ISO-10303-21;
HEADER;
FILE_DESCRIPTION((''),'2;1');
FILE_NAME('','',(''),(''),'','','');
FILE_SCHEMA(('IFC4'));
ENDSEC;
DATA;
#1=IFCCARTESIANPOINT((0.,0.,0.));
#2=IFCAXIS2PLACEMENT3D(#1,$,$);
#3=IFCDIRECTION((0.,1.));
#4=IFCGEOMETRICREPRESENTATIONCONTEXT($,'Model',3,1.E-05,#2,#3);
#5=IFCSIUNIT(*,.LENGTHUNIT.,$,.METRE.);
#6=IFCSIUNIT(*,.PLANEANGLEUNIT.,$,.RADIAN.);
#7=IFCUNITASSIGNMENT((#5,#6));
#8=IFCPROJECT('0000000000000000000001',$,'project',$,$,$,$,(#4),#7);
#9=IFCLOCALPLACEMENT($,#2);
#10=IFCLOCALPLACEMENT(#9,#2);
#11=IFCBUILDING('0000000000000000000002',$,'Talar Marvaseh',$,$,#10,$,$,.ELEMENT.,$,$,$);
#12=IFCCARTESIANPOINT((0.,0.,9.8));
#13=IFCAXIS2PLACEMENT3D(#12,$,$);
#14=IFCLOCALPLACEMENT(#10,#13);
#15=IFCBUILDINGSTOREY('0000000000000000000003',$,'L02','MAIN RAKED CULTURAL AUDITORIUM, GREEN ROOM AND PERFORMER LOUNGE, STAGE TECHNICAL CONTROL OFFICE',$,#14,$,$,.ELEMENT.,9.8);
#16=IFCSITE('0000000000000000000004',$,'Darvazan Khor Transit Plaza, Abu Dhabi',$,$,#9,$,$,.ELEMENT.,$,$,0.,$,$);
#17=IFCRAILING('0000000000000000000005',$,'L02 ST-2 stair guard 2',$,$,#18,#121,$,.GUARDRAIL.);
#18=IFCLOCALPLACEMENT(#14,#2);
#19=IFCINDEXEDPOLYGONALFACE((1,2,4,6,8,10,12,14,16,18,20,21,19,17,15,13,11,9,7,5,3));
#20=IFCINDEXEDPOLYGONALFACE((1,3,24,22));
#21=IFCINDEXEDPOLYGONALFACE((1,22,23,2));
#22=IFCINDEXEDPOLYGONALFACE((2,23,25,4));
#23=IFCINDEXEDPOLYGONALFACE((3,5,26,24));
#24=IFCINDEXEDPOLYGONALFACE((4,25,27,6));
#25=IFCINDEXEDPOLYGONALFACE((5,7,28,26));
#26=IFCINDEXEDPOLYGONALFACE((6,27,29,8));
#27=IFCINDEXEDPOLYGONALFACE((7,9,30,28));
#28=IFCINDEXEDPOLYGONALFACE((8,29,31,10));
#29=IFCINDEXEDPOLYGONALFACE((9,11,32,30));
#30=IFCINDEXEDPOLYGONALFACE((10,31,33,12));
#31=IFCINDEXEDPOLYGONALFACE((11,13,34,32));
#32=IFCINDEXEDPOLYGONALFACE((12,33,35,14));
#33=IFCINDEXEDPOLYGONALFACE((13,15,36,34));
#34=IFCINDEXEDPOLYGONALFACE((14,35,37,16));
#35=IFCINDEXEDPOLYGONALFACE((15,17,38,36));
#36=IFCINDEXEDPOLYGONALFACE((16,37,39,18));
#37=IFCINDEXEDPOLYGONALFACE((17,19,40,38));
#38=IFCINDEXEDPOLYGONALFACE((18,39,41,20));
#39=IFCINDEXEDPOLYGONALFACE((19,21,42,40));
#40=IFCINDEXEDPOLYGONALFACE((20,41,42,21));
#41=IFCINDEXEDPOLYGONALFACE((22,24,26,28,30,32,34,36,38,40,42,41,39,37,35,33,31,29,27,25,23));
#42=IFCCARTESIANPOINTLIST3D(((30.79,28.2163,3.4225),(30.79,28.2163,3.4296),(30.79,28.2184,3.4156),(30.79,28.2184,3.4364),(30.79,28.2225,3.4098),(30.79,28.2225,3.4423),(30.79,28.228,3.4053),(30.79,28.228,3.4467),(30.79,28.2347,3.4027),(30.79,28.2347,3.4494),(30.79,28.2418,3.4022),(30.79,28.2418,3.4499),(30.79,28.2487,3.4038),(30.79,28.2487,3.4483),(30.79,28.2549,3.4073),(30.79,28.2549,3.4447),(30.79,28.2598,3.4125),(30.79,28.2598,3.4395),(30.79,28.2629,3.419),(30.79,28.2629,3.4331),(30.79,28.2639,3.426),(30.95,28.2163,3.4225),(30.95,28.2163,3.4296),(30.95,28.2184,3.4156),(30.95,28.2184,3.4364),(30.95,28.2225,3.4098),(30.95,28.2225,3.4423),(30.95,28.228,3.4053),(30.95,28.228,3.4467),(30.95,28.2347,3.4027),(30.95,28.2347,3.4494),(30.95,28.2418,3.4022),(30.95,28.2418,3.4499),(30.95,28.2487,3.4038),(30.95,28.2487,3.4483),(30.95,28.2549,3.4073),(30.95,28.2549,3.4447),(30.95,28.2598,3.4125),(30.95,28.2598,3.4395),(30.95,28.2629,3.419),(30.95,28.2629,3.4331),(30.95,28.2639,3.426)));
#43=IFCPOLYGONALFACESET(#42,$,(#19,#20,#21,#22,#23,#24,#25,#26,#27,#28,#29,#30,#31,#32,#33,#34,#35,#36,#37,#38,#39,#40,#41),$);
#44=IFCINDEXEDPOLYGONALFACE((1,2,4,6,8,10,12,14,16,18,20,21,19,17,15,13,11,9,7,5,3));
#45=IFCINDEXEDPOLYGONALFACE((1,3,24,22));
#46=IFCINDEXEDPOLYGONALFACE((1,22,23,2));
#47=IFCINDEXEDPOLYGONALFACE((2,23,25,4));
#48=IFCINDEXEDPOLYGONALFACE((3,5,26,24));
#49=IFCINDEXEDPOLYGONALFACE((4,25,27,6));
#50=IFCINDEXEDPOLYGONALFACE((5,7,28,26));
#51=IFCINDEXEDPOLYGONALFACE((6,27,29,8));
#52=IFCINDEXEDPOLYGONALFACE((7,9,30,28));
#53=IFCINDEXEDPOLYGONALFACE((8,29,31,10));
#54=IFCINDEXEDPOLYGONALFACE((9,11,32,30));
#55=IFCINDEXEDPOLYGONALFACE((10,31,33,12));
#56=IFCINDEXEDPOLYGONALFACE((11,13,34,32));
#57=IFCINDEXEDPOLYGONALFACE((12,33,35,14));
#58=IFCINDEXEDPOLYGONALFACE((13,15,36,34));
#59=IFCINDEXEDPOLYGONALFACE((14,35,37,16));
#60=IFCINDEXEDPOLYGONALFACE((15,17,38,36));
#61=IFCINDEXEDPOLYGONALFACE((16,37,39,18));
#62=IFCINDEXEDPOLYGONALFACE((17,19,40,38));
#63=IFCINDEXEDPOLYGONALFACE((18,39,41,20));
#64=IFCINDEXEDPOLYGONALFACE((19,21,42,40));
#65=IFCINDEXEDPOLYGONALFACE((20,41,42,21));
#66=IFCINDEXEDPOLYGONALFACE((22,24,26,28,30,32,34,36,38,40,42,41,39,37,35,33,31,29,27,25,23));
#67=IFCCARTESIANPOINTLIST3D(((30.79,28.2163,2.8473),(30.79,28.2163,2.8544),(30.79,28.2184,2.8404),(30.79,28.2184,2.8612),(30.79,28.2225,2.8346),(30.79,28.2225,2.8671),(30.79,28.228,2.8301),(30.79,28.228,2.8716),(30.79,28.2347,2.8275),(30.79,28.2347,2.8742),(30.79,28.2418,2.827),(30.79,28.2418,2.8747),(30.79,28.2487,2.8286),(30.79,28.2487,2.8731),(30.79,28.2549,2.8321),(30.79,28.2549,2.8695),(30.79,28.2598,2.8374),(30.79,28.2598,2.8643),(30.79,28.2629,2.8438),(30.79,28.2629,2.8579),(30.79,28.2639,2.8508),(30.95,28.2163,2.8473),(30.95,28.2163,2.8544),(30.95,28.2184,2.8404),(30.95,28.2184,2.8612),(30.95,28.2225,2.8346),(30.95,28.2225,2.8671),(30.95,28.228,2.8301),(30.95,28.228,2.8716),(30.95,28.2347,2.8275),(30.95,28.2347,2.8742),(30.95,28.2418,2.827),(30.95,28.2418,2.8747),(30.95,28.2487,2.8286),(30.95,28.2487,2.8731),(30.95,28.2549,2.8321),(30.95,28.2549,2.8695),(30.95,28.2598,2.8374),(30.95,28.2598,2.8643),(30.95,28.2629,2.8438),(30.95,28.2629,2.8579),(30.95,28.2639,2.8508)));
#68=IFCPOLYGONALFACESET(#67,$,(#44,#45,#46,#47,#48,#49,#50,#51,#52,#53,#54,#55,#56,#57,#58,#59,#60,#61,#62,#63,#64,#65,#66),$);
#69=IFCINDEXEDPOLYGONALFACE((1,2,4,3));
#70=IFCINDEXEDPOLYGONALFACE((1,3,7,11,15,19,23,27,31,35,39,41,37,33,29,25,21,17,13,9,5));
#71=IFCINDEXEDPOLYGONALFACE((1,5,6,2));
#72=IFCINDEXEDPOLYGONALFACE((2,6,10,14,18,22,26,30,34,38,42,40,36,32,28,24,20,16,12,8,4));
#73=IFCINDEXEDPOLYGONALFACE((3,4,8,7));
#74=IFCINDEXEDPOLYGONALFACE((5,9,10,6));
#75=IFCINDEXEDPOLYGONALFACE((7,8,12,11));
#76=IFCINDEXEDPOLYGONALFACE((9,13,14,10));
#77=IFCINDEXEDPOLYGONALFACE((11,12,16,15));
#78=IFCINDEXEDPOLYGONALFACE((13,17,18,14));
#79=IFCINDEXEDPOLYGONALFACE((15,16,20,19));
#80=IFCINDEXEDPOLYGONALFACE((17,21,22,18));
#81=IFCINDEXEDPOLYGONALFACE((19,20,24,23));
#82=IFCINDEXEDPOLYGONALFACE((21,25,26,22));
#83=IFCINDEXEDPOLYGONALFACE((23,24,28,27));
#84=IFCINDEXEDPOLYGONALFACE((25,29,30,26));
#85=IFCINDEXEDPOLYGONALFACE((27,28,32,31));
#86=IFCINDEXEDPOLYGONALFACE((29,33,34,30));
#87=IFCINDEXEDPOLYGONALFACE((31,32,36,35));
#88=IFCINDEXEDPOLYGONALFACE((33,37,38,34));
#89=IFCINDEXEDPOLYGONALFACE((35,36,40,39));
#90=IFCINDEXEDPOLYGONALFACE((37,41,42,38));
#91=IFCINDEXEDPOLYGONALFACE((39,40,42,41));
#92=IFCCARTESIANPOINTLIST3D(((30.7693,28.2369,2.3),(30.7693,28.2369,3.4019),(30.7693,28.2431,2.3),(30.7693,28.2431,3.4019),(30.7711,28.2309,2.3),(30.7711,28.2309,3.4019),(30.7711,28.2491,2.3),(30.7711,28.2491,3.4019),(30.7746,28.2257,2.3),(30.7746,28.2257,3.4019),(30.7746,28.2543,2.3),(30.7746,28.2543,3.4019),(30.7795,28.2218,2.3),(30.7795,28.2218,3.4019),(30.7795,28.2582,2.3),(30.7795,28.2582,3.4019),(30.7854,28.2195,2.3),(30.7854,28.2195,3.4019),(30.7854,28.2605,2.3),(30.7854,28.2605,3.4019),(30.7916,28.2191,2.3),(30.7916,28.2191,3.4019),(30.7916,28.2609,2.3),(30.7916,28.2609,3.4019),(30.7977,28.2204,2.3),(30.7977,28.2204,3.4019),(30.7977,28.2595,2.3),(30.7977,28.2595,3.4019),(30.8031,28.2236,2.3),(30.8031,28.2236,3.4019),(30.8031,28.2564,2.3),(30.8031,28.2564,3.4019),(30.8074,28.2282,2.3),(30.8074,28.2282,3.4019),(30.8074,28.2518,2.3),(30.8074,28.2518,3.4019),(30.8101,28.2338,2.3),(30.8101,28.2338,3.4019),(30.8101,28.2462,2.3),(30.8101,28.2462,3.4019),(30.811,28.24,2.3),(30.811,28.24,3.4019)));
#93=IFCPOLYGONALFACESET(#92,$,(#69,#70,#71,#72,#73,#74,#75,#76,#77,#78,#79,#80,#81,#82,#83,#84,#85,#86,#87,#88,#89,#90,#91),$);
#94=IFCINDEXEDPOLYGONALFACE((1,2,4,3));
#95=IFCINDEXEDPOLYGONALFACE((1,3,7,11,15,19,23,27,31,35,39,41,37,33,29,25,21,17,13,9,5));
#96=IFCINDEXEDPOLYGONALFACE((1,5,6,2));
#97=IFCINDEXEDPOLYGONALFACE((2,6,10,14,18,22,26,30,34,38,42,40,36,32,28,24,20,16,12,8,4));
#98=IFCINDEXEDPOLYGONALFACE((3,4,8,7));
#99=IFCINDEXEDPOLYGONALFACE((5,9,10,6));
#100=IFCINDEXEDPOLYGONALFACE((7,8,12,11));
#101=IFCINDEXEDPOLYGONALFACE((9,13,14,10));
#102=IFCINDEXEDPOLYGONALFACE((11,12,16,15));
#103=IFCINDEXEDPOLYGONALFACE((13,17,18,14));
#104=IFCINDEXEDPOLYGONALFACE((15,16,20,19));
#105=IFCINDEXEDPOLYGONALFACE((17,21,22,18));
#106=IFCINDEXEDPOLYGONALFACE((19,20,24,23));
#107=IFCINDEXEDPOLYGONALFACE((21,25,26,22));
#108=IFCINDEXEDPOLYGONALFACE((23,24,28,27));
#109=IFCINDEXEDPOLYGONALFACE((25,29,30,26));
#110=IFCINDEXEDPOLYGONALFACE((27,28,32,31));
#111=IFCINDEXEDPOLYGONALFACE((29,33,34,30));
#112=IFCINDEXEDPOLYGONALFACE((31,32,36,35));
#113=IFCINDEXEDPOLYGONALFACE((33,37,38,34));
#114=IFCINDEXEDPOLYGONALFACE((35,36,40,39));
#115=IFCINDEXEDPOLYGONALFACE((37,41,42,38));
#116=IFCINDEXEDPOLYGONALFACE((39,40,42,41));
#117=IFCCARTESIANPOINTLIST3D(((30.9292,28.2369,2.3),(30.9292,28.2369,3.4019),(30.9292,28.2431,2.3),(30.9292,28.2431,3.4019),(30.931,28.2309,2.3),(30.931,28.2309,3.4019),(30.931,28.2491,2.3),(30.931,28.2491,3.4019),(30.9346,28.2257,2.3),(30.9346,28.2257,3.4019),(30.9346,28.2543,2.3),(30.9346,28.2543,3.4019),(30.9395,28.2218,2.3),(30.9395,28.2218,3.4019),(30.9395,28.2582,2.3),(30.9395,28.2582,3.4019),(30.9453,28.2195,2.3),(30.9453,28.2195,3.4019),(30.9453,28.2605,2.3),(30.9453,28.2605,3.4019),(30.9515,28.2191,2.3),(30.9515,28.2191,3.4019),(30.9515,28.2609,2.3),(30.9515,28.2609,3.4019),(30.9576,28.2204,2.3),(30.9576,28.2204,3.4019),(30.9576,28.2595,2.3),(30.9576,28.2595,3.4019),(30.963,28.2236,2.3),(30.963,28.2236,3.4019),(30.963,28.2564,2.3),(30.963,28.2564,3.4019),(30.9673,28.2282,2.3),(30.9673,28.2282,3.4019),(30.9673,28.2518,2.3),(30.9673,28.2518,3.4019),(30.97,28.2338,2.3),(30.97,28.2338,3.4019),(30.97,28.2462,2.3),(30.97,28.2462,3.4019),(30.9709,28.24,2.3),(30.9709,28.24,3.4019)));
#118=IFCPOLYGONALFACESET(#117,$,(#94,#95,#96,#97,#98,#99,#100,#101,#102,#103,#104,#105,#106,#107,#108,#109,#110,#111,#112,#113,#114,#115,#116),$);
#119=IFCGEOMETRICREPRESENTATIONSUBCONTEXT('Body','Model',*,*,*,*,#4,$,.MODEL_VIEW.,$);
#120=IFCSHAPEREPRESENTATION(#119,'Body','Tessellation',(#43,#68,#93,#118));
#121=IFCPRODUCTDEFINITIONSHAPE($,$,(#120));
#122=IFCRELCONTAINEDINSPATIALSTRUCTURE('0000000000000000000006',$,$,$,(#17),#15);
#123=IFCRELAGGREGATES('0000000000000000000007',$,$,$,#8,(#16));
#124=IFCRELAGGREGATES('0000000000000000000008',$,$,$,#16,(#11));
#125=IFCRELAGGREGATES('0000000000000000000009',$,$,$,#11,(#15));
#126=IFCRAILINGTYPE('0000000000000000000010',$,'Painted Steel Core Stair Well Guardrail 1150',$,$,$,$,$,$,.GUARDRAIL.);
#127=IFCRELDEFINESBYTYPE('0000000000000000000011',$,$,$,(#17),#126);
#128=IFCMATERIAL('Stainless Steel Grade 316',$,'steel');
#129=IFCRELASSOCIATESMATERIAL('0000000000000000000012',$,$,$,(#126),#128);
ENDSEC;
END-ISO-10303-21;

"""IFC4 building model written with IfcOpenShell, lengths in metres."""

from ifc_helpers import new_model, si_unit, direction, frame, origin, origin_2d, place, context, subcontext, project, spatial, circle, extrude, material, type_object, element, save


model = new_model("IFC4")

# Units and contexts
model_context = context("Model", 3, precision=1e-05, world=origin(), true_north=direction((0.0, 1.0)))
body_context = subcontext(model_context, "Body", "Model", "MODEL_VIEW")
ifc_project = project(units=[si_unit("LENGTHUNIT", "METRE"), si_unit("PLANEANGLEUNIT", "RADIAN")], contexts=[model_context])

# Site, building, storey
site_placement = place(None, origin())
site = spatial("IfcSite", under=ifc_project, at=site_placement, Name="Darvazan Khor Transit Plaza, Abu Dhabi", CompositionType="ELEMENT", RefElevation=0.0)
building_placement = place(site_placement, origin())
building = spatial("IfcBuilding", under=site, at=building_placement, Name="Talar Marvaseh", CompositionType="ELEMENT")
storey_placement = place(building_placement, frame((0.0, 0.0, 9.8)))
storey = spatial("IfcBuildingStorey", under=building, at=storey_placement, Name="L02", Description="MAIN RAKED CULTURAL AUDITORIUM, GREEN ROOM AND PERFORMER LOUNGE, STAGE TECHNICAL CONTROL OFFICE", CompositionType="ELEMENT", Elevation=9.8)

# Shared definitions
ifc_material_1 = material(Name="Stainless Steel Grade 316", Category="steel")

# Railing
railing_type_1 = type_object("IfcRailingType", Name="Painted Steel Core Stair Well Guardrail 1150", PredefinedType="GUARDRAIL", material=ifc_material_1)
railing_1_placement = place(storey_placement, frame((30.79, 28.24, 2.3)))
element("IfcRailing", 1, at=railing_1_placement, inside=storey, type_object=railing_type_1, Name="L02 ST-2 stair guard 2", PredefinedType="GUARDRAIL", context=body_context, shape_type="SweptSolid", body=[
    extrude(circle(Radius=0.0239, at=origin_2d()), frame((0.0, 0.0, 1.126), z_axis=(1.0, 0.0, 0.0), x_axis=(0.0, 1.0, 0.0)), (0.0, 0.0, 1.0), 0.1599),
    extrude(circle(Radius=0.0239, at=origin_2d()), frame((0.0, 0.0, 0.5508), z_axis=(1.0, 0.0, 0.0), x_axis=(0.0, 1.0, 0.0)), (0.0, 0.0, 1.0), 0.1599),
    extrude(circle(Radius=0.021, at=origin_2d()), origin(), (0.0, 0.0, 1.0), 1.1018),
    extrude(circle(Radius=0.021, at=origin_2d()), frame((0.1599, 0.0, 0.0)), (0.0, 0.0, 1.0), 1.1018),
])

save(model, "model.ifc")
